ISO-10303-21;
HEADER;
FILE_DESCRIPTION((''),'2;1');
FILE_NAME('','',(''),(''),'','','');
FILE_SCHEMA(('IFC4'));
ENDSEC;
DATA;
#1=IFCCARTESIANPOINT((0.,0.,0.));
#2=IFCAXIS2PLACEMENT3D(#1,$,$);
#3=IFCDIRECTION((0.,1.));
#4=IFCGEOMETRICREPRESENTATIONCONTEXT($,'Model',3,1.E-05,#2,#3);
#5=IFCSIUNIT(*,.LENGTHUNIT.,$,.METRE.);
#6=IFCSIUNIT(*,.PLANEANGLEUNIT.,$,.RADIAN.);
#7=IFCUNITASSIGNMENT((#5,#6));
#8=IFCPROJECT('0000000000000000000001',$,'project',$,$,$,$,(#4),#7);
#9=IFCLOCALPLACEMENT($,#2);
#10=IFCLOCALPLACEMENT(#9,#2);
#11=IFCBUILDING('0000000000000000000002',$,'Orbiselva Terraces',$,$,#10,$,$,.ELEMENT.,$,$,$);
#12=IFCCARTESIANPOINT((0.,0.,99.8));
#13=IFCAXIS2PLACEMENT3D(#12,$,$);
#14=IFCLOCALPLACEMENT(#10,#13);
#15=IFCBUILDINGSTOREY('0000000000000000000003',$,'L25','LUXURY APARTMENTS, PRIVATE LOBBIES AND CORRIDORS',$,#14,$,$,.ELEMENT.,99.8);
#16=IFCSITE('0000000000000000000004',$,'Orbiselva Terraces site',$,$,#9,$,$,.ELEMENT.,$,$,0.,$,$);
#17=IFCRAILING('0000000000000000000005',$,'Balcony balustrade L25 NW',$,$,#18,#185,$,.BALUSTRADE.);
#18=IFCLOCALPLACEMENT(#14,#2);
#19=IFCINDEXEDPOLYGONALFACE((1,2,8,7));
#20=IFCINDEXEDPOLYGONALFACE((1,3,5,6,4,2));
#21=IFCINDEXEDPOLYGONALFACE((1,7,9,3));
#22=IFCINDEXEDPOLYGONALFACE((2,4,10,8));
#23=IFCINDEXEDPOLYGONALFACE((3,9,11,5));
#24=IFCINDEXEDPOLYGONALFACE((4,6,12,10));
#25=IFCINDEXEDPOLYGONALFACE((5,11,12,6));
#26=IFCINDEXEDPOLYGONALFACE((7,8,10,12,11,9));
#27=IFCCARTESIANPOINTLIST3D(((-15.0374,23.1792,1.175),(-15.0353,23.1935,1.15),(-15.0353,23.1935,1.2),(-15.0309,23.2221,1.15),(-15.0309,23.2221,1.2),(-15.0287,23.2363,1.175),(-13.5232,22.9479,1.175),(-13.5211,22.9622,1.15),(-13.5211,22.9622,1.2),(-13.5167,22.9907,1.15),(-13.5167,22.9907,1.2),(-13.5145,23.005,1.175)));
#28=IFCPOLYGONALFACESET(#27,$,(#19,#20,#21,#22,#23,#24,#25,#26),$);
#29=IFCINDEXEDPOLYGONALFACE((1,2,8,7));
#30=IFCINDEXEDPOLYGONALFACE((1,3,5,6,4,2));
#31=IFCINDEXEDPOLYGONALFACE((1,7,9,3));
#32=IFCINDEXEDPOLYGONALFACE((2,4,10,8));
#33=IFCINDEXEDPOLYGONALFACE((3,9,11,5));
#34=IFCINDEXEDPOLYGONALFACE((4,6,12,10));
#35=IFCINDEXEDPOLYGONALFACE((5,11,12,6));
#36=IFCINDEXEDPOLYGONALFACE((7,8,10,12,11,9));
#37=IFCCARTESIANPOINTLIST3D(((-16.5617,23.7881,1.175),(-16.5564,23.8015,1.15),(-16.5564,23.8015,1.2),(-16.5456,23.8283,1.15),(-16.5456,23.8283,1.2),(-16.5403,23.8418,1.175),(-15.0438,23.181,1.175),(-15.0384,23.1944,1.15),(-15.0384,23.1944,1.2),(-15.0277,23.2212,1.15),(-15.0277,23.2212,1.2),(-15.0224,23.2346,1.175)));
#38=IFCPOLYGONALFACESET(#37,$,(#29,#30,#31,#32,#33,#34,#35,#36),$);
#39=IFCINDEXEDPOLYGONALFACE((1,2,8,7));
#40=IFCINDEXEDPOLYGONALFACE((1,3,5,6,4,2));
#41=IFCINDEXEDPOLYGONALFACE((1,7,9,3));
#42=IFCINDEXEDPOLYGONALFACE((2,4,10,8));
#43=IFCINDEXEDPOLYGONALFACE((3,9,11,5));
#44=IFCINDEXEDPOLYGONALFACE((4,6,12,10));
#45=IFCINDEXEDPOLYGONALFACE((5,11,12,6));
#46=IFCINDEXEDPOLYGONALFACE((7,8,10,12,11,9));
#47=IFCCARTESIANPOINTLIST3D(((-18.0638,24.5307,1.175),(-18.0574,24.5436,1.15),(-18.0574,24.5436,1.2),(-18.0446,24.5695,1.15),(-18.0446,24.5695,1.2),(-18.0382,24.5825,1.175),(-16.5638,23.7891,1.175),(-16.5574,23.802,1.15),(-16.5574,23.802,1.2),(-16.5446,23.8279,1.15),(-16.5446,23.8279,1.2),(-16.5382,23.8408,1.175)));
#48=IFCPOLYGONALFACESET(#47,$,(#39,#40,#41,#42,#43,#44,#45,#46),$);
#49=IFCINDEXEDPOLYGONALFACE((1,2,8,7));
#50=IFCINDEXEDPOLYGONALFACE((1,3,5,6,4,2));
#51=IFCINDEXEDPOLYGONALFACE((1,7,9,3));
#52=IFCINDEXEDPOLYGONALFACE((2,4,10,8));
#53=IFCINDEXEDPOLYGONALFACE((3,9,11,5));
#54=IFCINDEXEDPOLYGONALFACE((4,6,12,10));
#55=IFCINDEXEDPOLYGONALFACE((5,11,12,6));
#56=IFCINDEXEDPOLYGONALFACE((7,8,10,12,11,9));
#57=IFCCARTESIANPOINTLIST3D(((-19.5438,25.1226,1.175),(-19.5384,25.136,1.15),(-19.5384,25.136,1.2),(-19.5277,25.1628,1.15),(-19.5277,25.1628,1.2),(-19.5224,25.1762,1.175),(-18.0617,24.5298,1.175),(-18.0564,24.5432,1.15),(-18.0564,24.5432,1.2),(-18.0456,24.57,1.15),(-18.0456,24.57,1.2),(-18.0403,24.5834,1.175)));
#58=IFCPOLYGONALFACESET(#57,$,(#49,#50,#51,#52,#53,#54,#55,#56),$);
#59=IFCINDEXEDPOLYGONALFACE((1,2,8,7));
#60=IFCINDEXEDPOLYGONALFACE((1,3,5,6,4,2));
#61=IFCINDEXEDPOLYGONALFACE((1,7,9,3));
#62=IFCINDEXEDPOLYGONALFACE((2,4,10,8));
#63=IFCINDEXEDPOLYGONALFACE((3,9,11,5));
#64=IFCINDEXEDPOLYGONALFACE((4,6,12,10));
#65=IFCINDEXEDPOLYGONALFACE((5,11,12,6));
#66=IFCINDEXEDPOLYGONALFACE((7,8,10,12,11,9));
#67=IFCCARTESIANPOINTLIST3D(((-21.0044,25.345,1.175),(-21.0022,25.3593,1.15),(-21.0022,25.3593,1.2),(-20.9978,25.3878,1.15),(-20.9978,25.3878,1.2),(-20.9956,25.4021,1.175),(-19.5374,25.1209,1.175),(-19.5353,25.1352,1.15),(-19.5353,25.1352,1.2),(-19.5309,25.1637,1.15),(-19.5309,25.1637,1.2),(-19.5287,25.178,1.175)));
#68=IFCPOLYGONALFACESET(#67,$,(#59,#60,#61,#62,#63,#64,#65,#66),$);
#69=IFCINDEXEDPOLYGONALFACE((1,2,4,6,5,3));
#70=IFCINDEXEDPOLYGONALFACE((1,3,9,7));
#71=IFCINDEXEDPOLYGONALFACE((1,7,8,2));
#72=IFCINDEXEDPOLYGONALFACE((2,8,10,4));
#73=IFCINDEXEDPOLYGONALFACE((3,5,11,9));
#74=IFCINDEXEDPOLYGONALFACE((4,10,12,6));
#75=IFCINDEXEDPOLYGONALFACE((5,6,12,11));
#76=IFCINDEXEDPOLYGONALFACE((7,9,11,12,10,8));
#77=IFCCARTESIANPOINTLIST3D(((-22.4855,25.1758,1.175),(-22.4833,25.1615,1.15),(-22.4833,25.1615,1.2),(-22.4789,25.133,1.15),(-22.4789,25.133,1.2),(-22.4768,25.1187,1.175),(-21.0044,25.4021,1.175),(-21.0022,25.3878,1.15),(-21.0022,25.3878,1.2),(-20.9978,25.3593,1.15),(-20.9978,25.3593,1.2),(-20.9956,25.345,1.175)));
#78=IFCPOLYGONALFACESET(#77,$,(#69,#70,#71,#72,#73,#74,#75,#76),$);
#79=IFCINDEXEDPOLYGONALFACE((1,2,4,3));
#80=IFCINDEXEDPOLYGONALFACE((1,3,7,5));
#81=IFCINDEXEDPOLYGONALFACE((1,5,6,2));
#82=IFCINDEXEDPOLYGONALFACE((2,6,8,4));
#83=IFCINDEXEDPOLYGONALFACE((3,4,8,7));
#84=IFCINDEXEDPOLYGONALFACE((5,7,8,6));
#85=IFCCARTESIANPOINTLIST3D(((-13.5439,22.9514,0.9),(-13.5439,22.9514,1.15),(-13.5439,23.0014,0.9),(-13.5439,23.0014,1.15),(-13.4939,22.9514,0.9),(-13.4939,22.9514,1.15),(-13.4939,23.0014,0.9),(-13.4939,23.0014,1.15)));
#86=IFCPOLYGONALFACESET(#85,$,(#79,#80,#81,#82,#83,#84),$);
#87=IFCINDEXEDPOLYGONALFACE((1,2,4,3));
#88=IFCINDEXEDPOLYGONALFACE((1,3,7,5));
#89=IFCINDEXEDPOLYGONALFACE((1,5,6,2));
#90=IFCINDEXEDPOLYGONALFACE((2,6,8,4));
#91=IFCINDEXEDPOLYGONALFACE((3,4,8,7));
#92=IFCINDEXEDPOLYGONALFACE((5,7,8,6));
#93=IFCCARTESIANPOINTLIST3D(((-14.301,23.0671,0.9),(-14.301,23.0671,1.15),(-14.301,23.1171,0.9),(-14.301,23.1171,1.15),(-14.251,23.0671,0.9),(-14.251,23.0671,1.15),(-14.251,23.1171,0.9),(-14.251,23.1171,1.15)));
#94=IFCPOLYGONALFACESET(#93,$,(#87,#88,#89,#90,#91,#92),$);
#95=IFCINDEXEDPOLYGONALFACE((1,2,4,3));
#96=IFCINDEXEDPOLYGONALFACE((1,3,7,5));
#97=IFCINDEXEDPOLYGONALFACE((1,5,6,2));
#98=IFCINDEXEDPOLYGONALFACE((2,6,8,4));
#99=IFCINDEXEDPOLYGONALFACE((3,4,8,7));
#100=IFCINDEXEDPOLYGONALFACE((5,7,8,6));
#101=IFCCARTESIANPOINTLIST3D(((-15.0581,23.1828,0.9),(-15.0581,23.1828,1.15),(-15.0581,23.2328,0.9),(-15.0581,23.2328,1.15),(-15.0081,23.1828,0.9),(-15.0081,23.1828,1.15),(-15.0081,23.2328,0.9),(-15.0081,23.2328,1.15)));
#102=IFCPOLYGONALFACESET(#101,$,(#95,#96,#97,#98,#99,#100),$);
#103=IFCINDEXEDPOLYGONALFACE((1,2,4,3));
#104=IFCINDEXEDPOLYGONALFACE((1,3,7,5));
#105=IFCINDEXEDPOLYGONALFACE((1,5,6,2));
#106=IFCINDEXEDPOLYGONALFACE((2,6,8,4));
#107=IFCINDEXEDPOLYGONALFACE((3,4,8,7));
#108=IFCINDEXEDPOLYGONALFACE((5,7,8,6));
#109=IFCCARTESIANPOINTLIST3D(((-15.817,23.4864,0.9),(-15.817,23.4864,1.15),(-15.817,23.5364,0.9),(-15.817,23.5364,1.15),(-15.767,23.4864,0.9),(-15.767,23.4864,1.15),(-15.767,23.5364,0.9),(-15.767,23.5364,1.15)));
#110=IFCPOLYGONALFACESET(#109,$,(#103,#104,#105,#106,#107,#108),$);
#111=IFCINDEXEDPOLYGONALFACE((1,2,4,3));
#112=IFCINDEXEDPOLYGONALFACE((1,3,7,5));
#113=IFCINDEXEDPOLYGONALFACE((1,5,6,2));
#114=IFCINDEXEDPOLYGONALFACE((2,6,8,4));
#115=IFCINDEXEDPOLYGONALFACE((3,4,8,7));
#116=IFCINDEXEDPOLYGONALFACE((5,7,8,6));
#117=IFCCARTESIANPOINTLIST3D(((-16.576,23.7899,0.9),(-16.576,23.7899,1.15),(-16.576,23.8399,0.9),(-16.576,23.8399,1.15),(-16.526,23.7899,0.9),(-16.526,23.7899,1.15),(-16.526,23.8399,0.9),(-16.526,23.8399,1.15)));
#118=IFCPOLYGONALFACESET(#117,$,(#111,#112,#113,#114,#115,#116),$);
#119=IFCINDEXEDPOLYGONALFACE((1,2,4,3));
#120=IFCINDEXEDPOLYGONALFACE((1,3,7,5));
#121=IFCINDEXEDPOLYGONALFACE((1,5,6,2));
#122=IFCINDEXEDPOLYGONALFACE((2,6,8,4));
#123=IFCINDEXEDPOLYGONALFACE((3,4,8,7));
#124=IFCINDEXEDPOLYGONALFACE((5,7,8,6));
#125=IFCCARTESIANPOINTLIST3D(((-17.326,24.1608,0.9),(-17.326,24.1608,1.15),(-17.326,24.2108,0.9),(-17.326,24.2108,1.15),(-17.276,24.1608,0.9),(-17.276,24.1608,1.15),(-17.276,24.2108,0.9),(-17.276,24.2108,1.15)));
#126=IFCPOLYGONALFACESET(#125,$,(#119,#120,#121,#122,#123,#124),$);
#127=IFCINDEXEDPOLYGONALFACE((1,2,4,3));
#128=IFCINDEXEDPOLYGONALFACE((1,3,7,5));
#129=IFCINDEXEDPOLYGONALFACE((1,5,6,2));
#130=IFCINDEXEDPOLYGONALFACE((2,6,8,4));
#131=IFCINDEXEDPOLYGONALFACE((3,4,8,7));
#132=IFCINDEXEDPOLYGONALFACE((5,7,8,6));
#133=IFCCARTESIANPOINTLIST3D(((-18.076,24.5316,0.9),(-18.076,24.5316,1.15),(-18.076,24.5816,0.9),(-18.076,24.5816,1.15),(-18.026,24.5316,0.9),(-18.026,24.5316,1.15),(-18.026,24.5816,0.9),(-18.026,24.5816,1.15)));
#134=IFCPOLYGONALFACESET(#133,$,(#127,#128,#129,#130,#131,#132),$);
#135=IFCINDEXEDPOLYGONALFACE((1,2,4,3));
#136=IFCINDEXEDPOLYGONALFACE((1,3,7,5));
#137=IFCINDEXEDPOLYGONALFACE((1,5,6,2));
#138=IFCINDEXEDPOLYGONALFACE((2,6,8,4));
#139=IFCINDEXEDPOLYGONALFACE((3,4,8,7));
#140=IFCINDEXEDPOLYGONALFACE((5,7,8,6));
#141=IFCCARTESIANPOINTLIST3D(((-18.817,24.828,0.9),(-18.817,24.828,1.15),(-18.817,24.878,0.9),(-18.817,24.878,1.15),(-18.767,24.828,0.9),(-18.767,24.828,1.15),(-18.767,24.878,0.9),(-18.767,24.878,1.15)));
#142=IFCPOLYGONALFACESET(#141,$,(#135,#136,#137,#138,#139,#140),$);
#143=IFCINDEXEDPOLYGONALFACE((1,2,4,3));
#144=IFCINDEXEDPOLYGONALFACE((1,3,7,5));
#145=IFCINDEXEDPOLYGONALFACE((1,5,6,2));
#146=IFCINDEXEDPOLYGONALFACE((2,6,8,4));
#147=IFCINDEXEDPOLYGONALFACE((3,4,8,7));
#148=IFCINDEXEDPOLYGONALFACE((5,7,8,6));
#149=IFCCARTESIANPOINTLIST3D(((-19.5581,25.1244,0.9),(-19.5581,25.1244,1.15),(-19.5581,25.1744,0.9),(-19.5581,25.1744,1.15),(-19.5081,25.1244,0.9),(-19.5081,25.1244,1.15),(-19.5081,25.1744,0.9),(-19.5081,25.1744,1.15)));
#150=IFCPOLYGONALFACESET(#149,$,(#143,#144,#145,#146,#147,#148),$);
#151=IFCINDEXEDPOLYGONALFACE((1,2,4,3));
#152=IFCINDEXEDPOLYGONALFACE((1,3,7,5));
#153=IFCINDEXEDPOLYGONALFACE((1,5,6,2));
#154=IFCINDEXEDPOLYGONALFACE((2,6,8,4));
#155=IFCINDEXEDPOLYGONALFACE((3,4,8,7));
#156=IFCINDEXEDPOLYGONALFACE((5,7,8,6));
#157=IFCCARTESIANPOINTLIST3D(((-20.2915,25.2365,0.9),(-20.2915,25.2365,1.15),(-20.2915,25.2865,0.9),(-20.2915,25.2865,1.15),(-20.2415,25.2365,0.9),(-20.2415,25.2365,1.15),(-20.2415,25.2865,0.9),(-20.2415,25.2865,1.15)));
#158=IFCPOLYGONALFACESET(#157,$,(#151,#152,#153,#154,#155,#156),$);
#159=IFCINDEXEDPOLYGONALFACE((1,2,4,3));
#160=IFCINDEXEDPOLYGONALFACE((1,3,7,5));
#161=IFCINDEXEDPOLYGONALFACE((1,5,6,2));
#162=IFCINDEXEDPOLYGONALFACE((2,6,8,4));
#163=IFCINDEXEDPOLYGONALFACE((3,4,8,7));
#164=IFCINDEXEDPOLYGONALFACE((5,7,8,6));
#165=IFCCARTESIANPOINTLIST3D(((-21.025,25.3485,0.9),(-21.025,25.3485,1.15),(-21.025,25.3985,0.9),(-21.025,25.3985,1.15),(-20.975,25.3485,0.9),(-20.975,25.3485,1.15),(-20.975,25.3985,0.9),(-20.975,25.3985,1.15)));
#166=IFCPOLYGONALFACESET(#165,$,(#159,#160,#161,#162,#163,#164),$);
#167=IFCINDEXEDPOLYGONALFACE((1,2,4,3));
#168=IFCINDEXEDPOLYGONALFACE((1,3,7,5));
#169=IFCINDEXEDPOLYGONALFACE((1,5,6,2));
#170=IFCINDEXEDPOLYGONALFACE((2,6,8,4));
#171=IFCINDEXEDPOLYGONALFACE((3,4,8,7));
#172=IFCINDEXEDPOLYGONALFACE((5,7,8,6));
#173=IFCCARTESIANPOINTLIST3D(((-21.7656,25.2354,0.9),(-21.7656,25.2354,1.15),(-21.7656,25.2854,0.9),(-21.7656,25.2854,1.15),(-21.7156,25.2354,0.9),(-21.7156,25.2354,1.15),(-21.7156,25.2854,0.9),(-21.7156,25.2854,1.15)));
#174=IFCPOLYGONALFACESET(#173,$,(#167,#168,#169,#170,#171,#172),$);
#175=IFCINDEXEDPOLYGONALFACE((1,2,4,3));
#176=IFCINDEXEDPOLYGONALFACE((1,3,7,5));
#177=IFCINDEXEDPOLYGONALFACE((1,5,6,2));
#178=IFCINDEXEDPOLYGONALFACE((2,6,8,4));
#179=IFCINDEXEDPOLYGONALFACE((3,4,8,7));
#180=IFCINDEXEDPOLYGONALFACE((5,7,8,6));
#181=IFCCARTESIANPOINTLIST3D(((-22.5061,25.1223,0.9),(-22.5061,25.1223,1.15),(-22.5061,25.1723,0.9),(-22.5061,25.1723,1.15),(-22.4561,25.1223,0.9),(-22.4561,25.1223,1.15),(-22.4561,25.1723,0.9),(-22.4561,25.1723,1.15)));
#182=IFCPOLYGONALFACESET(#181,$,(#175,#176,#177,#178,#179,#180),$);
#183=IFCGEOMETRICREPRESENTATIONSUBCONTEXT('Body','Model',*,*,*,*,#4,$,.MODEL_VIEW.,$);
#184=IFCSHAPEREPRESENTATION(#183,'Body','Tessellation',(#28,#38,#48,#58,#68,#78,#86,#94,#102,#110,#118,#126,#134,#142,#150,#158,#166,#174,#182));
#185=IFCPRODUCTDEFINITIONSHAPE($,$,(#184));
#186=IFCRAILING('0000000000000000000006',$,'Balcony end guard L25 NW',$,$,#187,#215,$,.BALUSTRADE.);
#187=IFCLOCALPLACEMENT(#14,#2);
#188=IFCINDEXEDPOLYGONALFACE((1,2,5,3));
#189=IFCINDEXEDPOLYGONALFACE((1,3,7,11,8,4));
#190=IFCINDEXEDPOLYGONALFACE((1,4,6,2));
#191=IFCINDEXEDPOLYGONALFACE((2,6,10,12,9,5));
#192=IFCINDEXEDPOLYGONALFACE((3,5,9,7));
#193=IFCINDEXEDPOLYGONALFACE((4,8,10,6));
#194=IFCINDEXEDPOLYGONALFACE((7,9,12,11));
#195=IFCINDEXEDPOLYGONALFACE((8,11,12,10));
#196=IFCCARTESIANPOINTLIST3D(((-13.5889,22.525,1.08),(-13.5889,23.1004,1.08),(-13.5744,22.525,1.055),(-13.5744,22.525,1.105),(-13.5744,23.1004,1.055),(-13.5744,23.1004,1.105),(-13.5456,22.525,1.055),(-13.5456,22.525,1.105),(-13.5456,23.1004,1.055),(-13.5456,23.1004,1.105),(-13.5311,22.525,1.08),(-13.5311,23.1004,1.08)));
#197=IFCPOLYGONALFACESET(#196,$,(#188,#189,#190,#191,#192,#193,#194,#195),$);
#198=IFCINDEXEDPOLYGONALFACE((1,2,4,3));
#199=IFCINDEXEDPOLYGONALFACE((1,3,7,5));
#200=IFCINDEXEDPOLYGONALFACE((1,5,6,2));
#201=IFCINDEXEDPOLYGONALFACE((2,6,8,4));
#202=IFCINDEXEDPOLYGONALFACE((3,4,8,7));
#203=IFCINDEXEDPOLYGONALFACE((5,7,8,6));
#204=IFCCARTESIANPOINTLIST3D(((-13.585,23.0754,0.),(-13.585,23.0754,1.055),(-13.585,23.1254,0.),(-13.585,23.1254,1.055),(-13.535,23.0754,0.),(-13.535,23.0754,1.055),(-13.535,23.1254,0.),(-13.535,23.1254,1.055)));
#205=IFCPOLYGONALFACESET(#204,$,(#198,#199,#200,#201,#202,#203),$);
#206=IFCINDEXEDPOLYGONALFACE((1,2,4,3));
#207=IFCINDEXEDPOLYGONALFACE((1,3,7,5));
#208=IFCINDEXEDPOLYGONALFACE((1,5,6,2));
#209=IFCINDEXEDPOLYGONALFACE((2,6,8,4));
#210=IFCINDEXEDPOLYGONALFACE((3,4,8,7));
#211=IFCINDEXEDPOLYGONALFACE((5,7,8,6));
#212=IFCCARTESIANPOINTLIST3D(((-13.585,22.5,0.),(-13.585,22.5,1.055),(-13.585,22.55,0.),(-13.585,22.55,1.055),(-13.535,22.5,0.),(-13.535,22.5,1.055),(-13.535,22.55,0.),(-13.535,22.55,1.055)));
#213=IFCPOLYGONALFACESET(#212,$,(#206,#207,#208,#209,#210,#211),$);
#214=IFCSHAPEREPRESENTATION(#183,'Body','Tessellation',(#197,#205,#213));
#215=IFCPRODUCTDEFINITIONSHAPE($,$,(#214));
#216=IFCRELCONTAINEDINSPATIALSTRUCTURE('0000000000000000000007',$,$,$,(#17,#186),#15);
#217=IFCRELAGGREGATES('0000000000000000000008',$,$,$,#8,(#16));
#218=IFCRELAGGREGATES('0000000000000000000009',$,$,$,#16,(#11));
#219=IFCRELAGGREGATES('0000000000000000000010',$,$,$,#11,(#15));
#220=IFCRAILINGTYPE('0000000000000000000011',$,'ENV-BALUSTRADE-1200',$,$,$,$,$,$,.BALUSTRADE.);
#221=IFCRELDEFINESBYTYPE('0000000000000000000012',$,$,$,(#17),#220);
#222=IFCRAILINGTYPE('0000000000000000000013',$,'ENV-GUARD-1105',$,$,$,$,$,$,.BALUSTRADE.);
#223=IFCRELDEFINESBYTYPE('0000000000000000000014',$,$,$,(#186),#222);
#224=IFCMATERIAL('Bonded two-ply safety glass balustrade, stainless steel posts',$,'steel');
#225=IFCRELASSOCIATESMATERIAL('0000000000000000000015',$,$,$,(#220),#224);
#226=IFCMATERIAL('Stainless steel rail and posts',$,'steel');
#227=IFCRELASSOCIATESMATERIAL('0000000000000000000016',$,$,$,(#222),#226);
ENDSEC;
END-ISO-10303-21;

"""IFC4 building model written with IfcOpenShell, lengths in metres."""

from ifc_helpers import new_model, si_unit, direction, frame, origin, origin_2d, place, context, subcontext, project, spatial, polyline, rectangle, outline, extrude, material, type_object, element, save


model = new_model("IFC4")

# Units and contexts
model_context = context("Model", 3, precision=1e-05, world=origin(), true_north=direction((0.0, 1.0)))
body_context = subcontext(model_context, "Body", "Model", "MODEL_VIEW")
ifc_project = project(units=[si_unit("LENGTHUNIT", "METRE"), si_unit("PLANEANGLEUNIT", "RADIAN")], contexts=[model_context])

# Site, building, storey
site_placement = place(None, origin())
site = spatial("IfcSite", under=ifc_project, at=site_placement, Name="Orbiselva Terraces site", CompositionType="ELEMENT", RefElevation=0.0)
building_placement = place(site_placement, origin())
building = spatial("IfcBuilding", under=site, at=building_placement, Name="Orbiselva Terraces", CompositionType="ELEMENT")
storey_placement = place(building_placement, frame((0.0, 0.0, 99.8)))
storey = spatial("IfcBuildingStorey", under=building, at=storey_placement, Name="L25", Description="LUXURY APARTMENTS, PRIVATE LOBBIES AND CORRIDORS", CompositionType="ELEMENT", Elevation=99.8)

# Railings
ifc_material_1 = material(Name="Bonded two-ply safety glass balustrade, stainless steel posts", Category="steel")
railing_type_1 = type_object("IfcRailingType", Name="ENV-BALUSTRADE-1200", PredefinedType="BALUSTRADE", material=ifc_material_1)
railing_1_placement = place(storey_placement, frame((-13.5189, 22.9764, 0.9)))
element("IfcRailing", 1, at=railing_1_placement, inside=storey, type_object=railing_type_1, Name="Balcony balustrade L25 NW", PredefinedType="BALUSTRADE", context=body_context, shape_type="SweptSolid", body=[
    extrude(outline(polyline([(0.0289, 0.0), (0.0144, 0.025), (-0.0144, 0.025), (-0.0289, 0.0), (-0.0144, -0.025), (0.0144, -0.025), (0.0289, 0.0)])), frame((0.0, 0.0, 0.275), z_axis=(-0.988529, 0.151034, 0.0), x_axis=(-0.151034, -0.988529, 0.0)), (0.0, 0.0, 1.0), 1.5318),
    extrude(outline(polyline([(0.0289, 0.0), (0.0144, 0.025), (-0.0144, 0.025), (-0.0289, 0.0), (-0.0144, -0.025), (0.0144, -0.025), (0.0289, 0.0)])), frame((-1.5142, 0.2314, 0.275), z_axis=(-0.928477, 0.37139, 0.0), x_axis=(-0.37139, -0.928477, 0.0)), (0.0, 0.0, 1.0), 1.6348),
    extrude(outline(polyline([(0.0289, 0.0), (0.0144, 0.025), (-0.0144, 0.025), (-0.0289, 0.0), (-0.0144, -0.025), (0.0144, -0.025), (0.0289, 0.0)])), frame((-3.0321, 0.8385, 0.275), z_axis=(-0.896417, 0.443212, 0.0), x_axis=(-0.443212, -0.896417, 0.0)), (0.0, 0.0, 1.0), 1.6733),
    extrude(outline(polyline([(0.0289, 0.0), (0.0144, 0.025), (-0.0144, 0.025), (-0.0289, 0.0), (-0.0144, -0.025), (0.0144, -0.025), (0.0289, 0.0)])), frame((-4.5321, 1.5802, 0.275), z_axis=(-0.928477, 0.371391, 0.0), x_axis=(-0.371391, -0.928477, 0.0)), (0.0, 0.0, 1.0), 1.5963),
    extrude(outline(polyline([(0.0289, 0.0), (0.0144, 0.025), (-0.0144, 0.025), (-0.0289, 0.0), (-0.0144, -0.025), (0.0144, -0.025), (0.0289, 0.0)])), frame((-6.0142, 2.173, 0.275), z_axis=(-0.988529, 0.151034, 0.0), x_axis=(-0.151034, -0.988529, 0.0)), (0.0, 0.0, 1.0), 1.4839),
    extrude(outline(polyline([(0.0289, 0.0), (0.0144, 0.025), (-0.0144, 0.025), (-0.0289, 0.0), (-0.0144, -0.025), (0.0144, -0.025), (0.0289, 0.0)])), frame((-7.4811, 2.3971, 0.275), z_axis=(-0.988529, -0.151034, 0.0), x_axis=(0.151034, -0.988529, 0.0)), (0.0, 0.0, 1.0), 1.4983),
    extrude(rectangle(XDim=0.05, YDim=0.05, at=origin_2d()), origin(), (0.0, 0.0, 1.0), 0.25),
    extrude(rectangle(XDim=0.05, YDim=0.05, at=origin_2d()), frame((-0.7571, 0.1157, 0.0)), (0.0, 0.0, 1.0), 0.25),
    extrude(rectangle(XDim=0.05, YDim=0.05, at=origin_2d()), frame((-1.5142, 0.2314, 0.0)), (0.0, 0.0, 1.0), 0.25),
    extrude(rectangle(XDim=0.05, YDim=0.05, at=origin_2d()), frame((-2.2732, 0.5349, 0.0)), (0.0, 0.0, 1.0), 0.25),
    extrude(rectangle(XDim=0.05, YDim=0.05, at=origin_2d()), frame((-3.0321, 0.8385, 0.0)), (0.0, 0.0, 1.0), 0.25),
    extrude(rectangle(XDim=0.05, YDim=0.05, at=origin_2d()), frame((-3.7821, 1.2093, 0.0)), (0.0, 0.0, 1.0), 0.25),
    extrude(rectangle(XDim=0.05, YDim=0.05, at=origin_2d()), frame((-4.5321, 1.5802, 0.0)), (0.0, 0.0, 1.0), 0.25),
    extrude(rectangle(XDim=0.05, YDim=0.05, at=origin_2d()), frame((-5.2732, 1.8766, 0.0)), (0.0, 0.0, 1.0), 0.25),
    extrude(rectangle(XDim=0.05, YDim=0.05, at=origin_2d()), frame((-6.0142, 2.173, 0.0)), (0.0, 0.0, 1.0), 0.25),
    extrude(rectangle(XDim=0.05, YDim=0.05, at=origin_2d()), frame((-6.7477, 2.2851, 0.0)), (0.0, 0.0, 1.0), 0.25),
    extrude(rectangle(XDim=0.05, YDim=0.05, at=origin_2d()), frame((-7.4811, 2.3971, 0.0)), (0.0, 0.0, 1.0), 0.25),
    extrude(rectangle(XDim=0.05, YDim=0.05, at=origin_2d()), frame((-8.2217, 2.284, 0.0)), (0.0, 0.0, 1.0), 0.25),
    extrude(rectangle(XDim=0.05, YDim=0.05, at=origin_2d()), frame((-8.9622, 2.1708, 0.0)), (0.0, 0.0, 1.0), 0.25),
])
ifc_material_2 = material(Name="Stainless steel rail and posts", Category="steel")
railing_type_2 = type_object("IfcRailingType", Name="ENV-GUARD-1105", PredefinedType="BALUSTRADE", material=ifc_material_2)
railing_2_placement = place(storey_placement, frame((-13.56, 23.1004, 0.0)))
element("IfcRailing", 2, at=railing_2_placement, inside=storey, type_object=railing_type_2, Name="Balcony end guard L25 NW", PredefinedType="BALUSTRADE", context=body_context, shape_type="SweptSolid", body=[
    extrude(outline(polyline([(0.0289, 0.0), (0.0144, 0.025), (-0.0144, 0.025), (-0.0289, 0.0), (-0.0144, -0.025), (0.0144, -0.025), (0.0289, 0.0)])), frame((0.0, 0.0, 1.08), z_axis=(0.0, -1.0, 0.0), x_axis=(1.0, 0.0, 0.0)), (0.0, 0.0, 1.0), 0.5754),
    extrude(rectangle(XDim=0.05, YDim=0.05, at=origin_2d()), origin(), (0.0, 0.0, 1.0), 1.055),
    extrude(rectangle(XDim=0.05, YDim=0.05, at=origin_2d()), frame((0.0, -0.5754, 0.0)), (0.0, 0.0, 1.0), 1.055),
])

save(model, "model.ifc")
